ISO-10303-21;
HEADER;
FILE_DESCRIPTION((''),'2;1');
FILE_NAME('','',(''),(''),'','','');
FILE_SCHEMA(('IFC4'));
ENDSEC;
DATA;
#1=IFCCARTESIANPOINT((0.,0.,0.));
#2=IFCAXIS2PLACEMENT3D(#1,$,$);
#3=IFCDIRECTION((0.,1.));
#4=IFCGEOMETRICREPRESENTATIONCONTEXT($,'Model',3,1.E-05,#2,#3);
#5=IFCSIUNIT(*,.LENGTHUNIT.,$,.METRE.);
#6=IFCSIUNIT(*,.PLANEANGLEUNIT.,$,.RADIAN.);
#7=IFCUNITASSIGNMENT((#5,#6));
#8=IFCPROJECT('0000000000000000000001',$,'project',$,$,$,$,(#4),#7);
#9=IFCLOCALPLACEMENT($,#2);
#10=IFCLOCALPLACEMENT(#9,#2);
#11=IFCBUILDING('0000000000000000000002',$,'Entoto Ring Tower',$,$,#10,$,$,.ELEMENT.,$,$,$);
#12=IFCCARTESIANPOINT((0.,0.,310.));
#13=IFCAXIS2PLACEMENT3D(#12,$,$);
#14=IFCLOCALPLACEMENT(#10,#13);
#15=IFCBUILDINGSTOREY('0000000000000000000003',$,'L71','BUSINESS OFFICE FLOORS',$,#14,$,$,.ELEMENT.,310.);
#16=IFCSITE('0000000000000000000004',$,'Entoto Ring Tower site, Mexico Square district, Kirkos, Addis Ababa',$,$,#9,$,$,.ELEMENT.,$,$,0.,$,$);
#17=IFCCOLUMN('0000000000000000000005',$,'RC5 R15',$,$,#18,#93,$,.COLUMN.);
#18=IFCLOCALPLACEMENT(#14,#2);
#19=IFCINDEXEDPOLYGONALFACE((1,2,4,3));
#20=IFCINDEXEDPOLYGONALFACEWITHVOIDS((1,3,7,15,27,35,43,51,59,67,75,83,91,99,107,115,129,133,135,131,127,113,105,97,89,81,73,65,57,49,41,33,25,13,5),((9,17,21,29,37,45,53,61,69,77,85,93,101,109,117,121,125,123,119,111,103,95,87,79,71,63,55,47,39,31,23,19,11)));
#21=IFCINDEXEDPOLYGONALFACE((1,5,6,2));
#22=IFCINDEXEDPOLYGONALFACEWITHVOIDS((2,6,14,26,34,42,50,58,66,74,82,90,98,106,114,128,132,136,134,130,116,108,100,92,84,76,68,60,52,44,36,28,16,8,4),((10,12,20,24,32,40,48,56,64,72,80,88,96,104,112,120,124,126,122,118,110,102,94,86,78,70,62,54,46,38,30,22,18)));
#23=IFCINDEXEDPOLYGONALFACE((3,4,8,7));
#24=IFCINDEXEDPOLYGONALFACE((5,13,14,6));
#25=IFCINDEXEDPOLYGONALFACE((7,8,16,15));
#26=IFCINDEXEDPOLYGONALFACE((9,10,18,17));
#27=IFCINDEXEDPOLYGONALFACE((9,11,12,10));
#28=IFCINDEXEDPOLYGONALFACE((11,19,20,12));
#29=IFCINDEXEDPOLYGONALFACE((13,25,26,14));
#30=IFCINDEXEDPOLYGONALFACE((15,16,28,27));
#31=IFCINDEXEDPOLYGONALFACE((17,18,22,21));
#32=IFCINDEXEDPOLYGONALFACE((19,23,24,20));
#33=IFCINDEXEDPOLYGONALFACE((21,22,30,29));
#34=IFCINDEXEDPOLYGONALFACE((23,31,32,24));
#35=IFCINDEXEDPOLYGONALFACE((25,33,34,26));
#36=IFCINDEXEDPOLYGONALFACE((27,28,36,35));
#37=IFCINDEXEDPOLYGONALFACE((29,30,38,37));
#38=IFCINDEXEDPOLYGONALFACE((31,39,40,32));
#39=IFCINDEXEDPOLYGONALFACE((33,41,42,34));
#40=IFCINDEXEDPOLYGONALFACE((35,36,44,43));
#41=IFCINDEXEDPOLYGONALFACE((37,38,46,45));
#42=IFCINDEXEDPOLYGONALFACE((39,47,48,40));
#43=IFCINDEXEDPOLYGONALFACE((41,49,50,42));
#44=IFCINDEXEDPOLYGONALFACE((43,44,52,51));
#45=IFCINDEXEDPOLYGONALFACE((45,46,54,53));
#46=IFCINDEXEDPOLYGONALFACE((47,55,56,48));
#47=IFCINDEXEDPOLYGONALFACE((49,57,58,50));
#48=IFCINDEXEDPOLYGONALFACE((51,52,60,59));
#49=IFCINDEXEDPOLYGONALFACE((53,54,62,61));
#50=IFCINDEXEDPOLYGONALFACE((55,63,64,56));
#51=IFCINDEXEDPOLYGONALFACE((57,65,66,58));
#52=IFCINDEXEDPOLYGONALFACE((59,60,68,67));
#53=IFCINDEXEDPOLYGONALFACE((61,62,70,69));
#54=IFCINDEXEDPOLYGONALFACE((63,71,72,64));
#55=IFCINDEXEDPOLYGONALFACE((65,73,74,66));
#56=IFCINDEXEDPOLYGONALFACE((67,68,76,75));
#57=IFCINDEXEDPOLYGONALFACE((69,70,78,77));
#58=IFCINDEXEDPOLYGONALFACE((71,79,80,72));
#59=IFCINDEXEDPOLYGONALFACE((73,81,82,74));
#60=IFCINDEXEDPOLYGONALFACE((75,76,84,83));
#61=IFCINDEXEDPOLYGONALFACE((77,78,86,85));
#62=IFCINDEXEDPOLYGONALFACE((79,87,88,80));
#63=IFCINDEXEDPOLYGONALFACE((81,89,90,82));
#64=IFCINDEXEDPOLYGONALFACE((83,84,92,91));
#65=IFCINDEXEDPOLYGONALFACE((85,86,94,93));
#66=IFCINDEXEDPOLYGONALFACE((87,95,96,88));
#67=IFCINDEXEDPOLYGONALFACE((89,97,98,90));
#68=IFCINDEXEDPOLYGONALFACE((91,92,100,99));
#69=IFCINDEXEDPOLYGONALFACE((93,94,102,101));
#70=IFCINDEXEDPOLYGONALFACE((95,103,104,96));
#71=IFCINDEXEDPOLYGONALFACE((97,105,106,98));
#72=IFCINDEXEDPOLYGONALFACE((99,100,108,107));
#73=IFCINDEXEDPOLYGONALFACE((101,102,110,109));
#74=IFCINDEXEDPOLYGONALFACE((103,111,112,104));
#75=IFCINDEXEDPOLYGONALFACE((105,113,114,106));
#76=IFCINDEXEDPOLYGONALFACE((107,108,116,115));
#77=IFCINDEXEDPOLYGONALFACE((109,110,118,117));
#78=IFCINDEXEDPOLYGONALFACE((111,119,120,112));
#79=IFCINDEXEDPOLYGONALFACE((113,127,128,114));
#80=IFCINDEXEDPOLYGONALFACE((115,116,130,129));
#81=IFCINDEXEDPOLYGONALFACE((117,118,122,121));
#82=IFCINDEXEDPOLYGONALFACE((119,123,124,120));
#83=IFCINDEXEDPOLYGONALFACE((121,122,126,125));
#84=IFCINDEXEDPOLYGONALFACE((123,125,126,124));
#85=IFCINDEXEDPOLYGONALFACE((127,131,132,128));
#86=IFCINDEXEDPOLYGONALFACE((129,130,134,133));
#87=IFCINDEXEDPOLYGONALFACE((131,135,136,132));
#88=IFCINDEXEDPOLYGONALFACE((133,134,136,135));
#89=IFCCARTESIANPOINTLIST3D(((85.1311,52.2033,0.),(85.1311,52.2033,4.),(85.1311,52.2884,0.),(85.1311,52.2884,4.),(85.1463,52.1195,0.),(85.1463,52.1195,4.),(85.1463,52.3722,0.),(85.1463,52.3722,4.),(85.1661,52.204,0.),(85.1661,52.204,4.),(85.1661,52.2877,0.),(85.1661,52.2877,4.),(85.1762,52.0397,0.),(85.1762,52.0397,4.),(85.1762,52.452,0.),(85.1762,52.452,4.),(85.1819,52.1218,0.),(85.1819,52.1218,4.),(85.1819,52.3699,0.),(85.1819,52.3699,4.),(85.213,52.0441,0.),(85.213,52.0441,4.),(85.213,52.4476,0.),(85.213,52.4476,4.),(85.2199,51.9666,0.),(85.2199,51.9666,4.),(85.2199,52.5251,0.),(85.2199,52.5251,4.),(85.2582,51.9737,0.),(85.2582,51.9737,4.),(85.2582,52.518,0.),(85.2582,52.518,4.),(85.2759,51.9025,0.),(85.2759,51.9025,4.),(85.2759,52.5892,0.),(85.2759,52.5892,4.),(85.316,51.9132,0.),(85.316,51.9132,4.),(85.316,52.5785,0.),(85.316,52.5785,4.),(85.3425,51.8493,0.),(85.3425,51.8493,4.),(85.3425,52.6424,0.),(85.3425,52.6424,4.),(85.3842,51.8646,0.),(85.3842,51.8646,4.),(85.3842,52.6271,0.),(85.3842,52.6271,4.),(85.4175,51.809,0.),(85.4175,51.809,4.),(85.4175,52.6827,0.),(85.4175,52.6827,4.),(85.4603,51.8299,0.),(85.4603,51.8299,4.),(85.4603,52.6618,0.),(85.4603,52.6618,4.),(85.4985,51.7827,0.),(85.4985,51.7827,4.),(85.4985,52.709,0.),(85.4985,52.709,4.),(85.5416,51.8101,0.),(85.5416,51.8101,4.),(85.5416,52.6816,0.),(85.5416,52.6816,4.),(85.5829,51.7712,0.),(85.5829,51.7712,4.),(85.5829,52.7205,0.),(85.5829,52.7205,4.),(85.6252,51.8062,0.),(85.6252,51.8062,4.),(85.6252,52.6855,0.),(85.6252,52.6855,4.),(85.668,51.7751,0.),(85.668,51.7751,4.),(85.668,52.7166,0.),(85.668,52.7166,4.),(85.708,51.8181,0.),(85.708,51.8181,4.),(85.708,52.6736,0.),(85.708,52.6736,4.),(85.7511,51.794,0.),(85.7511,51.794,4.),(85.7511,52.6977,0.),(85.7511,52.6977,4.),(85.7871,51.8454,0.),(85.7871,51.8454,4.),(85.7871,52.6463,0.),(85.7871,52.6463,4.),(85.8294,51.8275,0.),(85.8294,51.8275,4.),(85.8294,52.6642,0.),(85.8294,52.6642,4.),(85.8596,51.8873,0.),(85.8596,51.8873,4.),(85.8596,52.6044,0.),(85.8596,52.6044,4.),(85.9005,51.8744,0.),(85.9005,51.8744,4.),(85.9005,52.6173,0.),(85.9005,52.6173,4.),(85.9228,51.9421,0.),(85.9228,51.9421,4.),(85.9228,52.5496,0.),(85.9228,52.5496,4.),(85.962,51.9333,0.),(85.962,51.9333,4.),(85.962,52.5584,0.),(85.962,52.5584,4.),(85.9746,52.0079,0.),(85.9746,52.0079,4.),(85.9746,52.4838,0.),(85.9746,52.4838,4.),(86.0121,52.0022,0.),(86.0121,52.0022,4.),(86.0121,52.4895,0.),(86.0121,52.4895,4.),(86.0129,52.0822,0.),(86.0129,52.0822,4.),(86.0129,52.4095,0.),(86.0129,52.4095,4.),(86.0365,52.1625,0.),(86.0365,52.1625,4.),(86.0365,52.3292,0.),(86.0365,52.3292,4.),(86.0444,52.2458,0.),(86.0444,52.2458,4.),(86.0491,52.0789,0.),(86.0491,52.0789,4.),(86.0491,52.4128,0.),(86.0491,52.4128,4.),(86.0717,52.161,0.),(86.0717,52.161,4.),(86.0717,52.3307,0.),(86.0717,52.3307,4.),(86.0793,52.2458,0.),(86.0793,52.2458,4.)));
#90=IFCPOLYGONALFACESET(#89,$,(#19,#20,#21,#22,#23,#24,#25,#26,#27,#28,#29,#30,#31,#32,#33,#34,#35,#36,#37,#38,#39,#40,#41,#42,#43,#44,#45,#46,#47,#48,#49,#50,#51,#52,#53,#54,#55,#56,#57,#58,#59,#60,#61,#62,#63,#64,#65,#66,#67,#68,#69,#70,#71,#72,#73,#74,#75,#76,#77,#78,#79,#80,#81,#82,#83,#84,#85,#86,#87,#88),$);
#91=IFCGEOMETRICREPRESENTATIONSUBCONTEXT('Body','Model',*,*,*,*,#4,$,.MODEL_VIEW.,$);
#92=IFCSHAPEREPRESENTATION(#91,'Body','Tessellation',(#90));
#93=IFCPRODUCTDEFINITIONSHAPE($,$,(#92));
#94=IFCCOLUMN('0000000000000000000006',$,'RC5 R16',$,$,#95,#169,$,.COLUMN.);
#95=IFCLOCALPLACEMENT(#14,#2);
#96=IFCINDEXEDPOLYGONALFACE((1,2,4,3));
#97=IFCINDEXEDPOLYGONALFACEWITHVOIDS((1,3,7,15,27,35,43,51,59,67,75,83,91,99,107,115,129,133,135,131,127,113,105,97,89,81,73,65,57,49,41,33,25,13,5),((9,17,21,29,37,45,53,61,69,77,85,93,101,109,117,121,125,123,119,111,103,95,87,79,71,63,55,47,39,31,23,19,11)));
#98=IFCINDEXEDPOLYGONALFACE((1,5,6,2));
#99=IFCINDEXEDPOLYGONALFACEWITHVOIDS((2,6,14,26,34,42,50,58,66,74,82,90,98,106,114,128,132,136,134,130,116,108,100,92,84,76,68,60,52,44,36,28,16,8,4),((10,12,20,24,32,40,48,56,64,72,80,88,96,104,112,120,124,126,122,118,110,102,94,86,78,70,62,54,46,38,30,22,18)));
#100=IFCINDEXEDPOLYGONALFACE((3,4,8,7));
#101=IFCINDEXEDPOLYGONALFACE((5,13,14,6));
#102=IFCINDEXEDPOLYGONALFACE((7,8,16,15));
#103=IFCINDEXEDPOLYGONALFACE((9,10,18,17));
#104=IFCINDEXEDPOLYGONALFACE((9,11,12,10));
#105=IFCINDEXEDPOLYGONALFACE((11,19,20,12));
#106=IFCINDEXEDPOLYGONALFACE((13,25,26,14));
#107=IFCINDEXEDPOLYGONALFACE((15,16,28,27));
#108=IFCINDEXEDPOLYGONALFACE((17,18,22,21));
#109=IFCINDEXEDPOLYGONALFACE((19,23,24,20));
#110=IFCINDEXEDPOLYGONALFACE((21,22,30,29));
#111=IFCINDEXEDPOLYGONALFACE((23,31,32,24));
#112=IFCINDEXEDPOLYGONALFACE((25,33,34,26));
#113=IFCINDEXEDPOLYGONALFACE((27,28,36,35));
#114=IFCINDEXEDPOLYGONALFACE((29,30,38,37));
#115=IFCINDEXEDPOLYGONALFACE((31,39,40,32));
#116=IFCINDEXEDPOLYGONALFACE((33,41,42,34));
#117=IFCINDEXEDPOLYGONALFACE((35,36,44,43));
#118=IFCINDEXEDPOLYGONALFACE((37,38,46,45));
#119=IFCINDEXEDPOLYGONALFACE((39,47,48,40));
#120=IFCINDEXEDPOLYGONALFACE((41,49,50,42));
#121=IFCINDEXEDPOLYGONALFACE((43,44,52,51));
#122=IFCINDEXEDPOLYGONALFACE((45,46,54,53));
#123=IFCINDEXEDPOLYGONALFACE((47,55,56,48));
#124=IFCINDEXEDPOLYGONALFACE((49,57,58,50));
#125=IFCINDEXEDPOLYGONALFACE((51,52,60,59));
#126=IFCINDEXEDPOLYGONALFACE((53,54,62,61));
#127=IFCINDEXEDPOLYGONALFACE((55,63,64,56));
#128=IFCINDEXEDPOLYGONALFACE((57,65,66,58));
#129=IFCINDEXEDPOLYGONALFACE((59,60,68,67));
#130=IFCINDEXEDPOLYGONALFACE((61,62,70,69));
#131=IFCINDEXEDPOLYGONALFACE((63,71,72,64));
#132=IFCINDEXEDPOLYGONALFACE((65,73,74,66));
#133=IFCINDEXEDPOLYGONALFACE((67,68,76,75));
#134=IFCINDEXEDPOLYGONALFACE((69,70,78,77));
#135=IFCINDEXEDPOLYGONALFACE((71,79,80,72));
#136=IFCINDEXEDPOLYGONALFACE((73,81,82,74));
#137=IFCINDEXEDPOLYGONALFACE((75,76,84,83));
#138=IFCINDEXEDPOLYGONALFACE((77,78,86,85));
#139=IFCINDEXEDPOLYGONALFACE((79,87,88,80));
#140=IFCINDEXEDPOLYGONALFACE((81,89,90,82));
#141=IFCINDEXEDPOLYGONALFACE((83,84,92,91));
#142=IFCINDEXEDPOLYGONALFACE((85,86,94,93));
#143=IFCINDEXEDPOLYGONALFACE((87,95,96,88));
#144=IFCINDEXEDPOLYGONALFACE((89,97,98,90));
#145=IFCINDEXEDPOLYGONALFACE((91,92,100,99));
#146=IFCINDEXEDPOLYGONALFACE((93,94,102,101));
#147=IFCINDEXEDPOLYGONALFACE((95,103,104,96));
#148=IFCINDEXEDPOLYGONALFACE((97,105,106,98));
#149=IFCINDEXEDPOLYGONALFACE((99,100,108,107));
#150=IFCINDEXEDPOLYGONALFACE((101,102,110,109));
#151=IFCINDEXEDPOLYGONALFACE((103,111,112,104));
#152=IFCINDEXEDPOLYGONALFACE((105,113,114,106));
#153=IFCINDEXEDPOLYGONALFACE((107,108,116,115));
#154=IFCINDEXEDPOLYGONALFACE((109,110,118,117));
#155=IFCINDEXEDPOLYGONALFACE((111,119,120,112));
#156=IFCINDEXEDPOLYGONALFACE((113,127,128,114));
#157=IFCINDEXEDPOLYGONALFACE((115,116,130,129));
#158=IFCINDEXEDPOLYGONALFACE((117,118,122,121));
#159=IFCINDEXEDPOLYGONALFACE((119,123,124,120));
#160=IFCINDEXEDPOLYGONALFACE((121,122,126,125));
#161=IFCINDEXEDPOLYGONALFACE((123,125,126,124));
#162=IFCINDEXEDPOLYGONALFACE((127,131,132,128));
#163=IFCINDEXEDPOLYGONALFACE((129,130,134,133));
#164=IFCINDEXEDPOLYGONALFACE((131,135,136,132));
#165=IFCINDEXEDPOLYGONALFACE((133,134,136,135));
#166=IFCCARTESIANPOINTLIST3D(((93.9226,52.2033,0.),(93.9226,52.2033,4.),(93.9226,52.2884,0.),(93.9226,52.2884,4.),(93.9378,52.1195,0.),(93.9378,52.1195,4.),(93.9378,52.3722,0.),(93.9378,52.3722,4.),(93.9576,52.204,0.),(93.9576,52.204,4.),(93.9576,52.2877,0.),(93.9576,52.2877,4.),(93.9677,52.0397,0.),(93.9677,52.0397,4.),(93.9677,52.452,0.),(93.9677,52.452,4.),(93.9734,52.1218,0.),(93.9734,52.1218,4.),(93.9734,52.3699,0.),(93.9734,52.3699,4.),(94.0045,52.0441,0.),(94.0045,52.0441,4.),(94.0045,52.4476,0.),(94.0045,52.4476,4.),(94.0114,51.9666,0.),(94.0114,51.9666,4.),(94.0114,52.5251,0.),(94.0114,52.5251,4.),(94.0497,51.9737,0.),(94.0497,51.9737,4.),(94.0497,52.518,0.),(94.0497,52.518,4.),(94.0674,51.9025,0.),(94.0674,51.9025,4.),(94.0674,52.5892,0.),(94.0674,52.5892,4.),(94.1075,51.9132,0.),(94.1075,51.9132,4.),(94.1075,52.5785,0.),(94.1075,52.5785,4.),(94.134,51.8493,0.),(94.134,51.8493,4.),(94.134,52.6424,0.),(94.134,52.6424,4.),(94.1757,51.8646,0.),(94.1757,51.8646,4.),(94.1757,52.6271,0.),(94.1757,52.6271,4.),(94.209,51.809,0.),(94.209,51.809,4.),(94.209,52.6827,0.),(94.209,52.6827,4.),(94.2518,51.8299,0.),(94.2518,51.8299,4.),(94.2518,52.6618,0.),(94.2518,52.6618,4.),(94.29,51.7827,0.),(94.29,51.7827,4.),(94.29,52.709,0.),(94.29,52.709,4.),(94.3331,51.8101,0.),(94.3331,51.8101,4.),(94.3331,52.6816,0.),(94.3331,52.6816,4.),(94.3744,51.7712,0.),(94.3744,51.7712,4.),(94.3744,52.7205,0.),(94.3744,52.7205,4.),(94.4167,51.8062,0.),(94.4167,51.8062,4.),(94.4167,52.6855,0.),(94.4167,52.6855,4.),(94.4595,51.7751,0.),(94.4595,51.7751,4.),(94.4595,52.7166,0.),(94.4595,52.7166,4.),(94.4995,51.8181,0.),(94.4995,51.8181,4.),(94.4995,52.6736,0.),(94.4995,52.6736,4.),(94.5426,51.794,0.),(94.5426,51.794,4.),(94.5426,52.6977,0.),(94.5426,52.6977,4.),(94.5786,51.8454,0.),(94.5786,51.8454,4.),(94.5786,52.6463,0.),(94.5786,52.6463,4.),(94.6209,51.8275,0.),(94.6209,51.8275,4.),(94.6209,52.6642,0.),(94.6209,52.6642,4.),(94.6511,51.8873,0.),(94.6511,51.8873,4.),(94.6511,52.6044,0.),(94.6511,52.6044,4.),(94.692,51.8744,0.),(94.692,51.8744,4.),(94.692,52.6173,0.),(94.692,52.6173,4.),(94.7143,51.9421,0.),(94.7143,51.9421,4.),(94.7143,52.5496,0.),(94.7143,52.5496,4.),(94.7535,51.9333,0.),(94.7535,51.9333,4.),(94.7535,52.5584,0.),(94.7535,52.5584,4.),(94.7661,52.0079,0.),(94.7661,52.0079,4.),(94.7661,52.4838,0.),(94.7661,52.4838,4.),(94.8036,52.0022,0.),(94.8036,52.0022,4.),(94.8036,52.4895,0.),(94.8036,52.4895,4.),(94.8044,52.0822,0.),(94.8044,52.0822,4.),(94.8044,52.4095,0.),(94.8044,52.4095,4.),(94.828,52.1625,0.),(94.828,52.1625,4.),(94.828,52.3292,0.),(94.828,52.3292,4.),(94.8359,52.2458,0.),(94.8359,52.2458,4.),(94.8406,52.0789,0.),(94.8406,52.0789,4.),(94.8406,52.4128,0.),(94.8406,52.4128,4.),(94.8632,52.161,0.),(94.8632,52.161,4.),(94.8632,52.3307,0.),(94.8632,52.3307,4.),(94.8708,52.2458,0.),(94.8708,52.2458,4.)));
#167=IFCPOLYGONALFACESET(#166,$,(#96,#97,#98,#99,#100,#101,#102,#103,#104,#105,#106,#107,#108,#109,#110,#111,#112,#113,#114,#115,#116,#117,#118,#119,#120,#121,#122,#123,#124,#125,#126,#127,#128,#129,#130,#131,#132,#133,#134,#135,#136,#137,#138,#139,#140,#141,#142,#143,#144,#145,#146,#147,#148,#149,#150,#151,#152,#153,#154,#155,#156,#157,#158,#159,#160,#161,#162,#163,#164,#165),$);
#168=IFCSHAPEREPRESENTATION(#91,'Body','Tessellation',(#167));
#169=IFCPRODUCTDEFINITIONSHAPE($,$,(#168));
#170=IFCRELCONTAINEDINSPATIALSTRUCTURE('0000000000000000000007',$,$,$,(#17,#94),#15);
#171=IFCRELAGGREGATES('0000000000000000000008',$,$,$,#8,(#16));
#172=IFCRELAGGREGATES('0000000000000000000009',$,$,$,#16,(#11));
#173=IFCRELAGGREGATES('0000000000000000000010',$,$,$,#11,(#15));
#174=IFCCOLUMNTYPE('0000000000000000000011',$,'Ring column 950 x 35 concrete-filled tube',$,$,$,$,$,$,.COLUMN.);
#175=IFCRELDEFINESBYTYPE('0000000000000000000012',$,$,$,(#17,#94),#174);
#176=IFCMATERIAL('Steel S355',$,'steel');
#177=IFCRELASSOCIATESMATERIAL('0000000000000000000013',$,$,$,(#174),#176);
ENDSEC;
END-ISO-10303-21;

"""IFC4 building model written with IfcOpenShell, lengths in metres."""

from ifc_helpers import new_model, si_unit, direction, frame, origin, origin_2d, place, context, subcontext, project, spatial, circle, hollow_circle, extrude, material, material_profile, profile_set, type_object, element, save


model = new_model("IFC4")

# Units and contexts
model_context = context("Model", 3, precision=1e-05, world=origin(), true_north=direction((0.0, 1.0)))
body_context = subcontext(model_context, "Body", "Model", "MODEL_VIEW")
ifc_project = project(units=[si_unit("LENGTHUNIT", "METRE"), si_unit("PLANEANGLEUNIT", "RADIAN")], contexts=[model_context])

# Site, building, storey
site_placement = place(None, origin())
site = spatial("IfcSite", under=ifc_project, at=site_placement, Name="Entoto Ring Tower site, Mexico Square district, Kirkos, Addis Ababa", CompositionType="ELEMENT", RefElevation=0.0)
building_placement = place(site_placement, origin())
building = spatial("IfcBuilding", under=site, at=building_placement, Name="Entoto Ring Tower", CompositionType="ELEMENT")
storey_placement = place(building_placement, frame((0.0, 0.0, 310.0)))
storey = spatial("IfcBuildingStorey", under=building, at=storey_placement, Name="L71", Description="BUSINESS OFFICE FLOORS", CompositionType="ELEMENT", Elevation=310.0)

# Columns
ifc_material_1 = material(Name="Steel S355", Category="steel")
ifc_material_profile_1 = material_profile(ifc_material_1, hollow_circle(Radius=0.4751, WallThickness=0.0349, at=origin_2d()), Name="CHS 950 x 35")
ifc_material_2 = material(Name="Concrete C60/75", Category="concrete")
ifc_material_profile_2 = material_profile(ifc_material_2, circle(Radius=0.4399, at=origin_2d()), Name="Concrete C60/75 infill")
ifc_profile_set_1 = profile_set([ifc_material_profile_1, ifc_material_profile_2], Name="Steel S355")
column_type = type_object("IfcColumnType", Name="Ring column 950 x 35 concrete-filled tube", PredefinedType="COLUMN", material=ifc_profile_set_1)
for number, where, z_axis, x_axis, name in (
    (1, (85.6042, 52.2458, 0.0), (0.0, 0.0, 1.0), (1.0, 0.0, 0.0), "RC5 R15"),
    (2, (94.3958, 52.2458, 0.0), (0.0, 0.0, 1.0), (1.0, 0.0, 0.0), "RC5 R16"),
):
    element("IfcColumn", number, at=place(storey_placement, frame(where, z_axis=z_axis, x_axis=x_axis)), inside=storey, type_object=column_type, Name=name, PredefinedType="COLUMN", context=body_context, shape_type="SweptSolid", body=[
        extrude(hollow_circle(Radius=0.4751, WallThickness=0.0349, at=origin_2d()), origin(), (0.0, 0.0, 1.0), 4.0),
    ])

save(model, "model.ifc")
